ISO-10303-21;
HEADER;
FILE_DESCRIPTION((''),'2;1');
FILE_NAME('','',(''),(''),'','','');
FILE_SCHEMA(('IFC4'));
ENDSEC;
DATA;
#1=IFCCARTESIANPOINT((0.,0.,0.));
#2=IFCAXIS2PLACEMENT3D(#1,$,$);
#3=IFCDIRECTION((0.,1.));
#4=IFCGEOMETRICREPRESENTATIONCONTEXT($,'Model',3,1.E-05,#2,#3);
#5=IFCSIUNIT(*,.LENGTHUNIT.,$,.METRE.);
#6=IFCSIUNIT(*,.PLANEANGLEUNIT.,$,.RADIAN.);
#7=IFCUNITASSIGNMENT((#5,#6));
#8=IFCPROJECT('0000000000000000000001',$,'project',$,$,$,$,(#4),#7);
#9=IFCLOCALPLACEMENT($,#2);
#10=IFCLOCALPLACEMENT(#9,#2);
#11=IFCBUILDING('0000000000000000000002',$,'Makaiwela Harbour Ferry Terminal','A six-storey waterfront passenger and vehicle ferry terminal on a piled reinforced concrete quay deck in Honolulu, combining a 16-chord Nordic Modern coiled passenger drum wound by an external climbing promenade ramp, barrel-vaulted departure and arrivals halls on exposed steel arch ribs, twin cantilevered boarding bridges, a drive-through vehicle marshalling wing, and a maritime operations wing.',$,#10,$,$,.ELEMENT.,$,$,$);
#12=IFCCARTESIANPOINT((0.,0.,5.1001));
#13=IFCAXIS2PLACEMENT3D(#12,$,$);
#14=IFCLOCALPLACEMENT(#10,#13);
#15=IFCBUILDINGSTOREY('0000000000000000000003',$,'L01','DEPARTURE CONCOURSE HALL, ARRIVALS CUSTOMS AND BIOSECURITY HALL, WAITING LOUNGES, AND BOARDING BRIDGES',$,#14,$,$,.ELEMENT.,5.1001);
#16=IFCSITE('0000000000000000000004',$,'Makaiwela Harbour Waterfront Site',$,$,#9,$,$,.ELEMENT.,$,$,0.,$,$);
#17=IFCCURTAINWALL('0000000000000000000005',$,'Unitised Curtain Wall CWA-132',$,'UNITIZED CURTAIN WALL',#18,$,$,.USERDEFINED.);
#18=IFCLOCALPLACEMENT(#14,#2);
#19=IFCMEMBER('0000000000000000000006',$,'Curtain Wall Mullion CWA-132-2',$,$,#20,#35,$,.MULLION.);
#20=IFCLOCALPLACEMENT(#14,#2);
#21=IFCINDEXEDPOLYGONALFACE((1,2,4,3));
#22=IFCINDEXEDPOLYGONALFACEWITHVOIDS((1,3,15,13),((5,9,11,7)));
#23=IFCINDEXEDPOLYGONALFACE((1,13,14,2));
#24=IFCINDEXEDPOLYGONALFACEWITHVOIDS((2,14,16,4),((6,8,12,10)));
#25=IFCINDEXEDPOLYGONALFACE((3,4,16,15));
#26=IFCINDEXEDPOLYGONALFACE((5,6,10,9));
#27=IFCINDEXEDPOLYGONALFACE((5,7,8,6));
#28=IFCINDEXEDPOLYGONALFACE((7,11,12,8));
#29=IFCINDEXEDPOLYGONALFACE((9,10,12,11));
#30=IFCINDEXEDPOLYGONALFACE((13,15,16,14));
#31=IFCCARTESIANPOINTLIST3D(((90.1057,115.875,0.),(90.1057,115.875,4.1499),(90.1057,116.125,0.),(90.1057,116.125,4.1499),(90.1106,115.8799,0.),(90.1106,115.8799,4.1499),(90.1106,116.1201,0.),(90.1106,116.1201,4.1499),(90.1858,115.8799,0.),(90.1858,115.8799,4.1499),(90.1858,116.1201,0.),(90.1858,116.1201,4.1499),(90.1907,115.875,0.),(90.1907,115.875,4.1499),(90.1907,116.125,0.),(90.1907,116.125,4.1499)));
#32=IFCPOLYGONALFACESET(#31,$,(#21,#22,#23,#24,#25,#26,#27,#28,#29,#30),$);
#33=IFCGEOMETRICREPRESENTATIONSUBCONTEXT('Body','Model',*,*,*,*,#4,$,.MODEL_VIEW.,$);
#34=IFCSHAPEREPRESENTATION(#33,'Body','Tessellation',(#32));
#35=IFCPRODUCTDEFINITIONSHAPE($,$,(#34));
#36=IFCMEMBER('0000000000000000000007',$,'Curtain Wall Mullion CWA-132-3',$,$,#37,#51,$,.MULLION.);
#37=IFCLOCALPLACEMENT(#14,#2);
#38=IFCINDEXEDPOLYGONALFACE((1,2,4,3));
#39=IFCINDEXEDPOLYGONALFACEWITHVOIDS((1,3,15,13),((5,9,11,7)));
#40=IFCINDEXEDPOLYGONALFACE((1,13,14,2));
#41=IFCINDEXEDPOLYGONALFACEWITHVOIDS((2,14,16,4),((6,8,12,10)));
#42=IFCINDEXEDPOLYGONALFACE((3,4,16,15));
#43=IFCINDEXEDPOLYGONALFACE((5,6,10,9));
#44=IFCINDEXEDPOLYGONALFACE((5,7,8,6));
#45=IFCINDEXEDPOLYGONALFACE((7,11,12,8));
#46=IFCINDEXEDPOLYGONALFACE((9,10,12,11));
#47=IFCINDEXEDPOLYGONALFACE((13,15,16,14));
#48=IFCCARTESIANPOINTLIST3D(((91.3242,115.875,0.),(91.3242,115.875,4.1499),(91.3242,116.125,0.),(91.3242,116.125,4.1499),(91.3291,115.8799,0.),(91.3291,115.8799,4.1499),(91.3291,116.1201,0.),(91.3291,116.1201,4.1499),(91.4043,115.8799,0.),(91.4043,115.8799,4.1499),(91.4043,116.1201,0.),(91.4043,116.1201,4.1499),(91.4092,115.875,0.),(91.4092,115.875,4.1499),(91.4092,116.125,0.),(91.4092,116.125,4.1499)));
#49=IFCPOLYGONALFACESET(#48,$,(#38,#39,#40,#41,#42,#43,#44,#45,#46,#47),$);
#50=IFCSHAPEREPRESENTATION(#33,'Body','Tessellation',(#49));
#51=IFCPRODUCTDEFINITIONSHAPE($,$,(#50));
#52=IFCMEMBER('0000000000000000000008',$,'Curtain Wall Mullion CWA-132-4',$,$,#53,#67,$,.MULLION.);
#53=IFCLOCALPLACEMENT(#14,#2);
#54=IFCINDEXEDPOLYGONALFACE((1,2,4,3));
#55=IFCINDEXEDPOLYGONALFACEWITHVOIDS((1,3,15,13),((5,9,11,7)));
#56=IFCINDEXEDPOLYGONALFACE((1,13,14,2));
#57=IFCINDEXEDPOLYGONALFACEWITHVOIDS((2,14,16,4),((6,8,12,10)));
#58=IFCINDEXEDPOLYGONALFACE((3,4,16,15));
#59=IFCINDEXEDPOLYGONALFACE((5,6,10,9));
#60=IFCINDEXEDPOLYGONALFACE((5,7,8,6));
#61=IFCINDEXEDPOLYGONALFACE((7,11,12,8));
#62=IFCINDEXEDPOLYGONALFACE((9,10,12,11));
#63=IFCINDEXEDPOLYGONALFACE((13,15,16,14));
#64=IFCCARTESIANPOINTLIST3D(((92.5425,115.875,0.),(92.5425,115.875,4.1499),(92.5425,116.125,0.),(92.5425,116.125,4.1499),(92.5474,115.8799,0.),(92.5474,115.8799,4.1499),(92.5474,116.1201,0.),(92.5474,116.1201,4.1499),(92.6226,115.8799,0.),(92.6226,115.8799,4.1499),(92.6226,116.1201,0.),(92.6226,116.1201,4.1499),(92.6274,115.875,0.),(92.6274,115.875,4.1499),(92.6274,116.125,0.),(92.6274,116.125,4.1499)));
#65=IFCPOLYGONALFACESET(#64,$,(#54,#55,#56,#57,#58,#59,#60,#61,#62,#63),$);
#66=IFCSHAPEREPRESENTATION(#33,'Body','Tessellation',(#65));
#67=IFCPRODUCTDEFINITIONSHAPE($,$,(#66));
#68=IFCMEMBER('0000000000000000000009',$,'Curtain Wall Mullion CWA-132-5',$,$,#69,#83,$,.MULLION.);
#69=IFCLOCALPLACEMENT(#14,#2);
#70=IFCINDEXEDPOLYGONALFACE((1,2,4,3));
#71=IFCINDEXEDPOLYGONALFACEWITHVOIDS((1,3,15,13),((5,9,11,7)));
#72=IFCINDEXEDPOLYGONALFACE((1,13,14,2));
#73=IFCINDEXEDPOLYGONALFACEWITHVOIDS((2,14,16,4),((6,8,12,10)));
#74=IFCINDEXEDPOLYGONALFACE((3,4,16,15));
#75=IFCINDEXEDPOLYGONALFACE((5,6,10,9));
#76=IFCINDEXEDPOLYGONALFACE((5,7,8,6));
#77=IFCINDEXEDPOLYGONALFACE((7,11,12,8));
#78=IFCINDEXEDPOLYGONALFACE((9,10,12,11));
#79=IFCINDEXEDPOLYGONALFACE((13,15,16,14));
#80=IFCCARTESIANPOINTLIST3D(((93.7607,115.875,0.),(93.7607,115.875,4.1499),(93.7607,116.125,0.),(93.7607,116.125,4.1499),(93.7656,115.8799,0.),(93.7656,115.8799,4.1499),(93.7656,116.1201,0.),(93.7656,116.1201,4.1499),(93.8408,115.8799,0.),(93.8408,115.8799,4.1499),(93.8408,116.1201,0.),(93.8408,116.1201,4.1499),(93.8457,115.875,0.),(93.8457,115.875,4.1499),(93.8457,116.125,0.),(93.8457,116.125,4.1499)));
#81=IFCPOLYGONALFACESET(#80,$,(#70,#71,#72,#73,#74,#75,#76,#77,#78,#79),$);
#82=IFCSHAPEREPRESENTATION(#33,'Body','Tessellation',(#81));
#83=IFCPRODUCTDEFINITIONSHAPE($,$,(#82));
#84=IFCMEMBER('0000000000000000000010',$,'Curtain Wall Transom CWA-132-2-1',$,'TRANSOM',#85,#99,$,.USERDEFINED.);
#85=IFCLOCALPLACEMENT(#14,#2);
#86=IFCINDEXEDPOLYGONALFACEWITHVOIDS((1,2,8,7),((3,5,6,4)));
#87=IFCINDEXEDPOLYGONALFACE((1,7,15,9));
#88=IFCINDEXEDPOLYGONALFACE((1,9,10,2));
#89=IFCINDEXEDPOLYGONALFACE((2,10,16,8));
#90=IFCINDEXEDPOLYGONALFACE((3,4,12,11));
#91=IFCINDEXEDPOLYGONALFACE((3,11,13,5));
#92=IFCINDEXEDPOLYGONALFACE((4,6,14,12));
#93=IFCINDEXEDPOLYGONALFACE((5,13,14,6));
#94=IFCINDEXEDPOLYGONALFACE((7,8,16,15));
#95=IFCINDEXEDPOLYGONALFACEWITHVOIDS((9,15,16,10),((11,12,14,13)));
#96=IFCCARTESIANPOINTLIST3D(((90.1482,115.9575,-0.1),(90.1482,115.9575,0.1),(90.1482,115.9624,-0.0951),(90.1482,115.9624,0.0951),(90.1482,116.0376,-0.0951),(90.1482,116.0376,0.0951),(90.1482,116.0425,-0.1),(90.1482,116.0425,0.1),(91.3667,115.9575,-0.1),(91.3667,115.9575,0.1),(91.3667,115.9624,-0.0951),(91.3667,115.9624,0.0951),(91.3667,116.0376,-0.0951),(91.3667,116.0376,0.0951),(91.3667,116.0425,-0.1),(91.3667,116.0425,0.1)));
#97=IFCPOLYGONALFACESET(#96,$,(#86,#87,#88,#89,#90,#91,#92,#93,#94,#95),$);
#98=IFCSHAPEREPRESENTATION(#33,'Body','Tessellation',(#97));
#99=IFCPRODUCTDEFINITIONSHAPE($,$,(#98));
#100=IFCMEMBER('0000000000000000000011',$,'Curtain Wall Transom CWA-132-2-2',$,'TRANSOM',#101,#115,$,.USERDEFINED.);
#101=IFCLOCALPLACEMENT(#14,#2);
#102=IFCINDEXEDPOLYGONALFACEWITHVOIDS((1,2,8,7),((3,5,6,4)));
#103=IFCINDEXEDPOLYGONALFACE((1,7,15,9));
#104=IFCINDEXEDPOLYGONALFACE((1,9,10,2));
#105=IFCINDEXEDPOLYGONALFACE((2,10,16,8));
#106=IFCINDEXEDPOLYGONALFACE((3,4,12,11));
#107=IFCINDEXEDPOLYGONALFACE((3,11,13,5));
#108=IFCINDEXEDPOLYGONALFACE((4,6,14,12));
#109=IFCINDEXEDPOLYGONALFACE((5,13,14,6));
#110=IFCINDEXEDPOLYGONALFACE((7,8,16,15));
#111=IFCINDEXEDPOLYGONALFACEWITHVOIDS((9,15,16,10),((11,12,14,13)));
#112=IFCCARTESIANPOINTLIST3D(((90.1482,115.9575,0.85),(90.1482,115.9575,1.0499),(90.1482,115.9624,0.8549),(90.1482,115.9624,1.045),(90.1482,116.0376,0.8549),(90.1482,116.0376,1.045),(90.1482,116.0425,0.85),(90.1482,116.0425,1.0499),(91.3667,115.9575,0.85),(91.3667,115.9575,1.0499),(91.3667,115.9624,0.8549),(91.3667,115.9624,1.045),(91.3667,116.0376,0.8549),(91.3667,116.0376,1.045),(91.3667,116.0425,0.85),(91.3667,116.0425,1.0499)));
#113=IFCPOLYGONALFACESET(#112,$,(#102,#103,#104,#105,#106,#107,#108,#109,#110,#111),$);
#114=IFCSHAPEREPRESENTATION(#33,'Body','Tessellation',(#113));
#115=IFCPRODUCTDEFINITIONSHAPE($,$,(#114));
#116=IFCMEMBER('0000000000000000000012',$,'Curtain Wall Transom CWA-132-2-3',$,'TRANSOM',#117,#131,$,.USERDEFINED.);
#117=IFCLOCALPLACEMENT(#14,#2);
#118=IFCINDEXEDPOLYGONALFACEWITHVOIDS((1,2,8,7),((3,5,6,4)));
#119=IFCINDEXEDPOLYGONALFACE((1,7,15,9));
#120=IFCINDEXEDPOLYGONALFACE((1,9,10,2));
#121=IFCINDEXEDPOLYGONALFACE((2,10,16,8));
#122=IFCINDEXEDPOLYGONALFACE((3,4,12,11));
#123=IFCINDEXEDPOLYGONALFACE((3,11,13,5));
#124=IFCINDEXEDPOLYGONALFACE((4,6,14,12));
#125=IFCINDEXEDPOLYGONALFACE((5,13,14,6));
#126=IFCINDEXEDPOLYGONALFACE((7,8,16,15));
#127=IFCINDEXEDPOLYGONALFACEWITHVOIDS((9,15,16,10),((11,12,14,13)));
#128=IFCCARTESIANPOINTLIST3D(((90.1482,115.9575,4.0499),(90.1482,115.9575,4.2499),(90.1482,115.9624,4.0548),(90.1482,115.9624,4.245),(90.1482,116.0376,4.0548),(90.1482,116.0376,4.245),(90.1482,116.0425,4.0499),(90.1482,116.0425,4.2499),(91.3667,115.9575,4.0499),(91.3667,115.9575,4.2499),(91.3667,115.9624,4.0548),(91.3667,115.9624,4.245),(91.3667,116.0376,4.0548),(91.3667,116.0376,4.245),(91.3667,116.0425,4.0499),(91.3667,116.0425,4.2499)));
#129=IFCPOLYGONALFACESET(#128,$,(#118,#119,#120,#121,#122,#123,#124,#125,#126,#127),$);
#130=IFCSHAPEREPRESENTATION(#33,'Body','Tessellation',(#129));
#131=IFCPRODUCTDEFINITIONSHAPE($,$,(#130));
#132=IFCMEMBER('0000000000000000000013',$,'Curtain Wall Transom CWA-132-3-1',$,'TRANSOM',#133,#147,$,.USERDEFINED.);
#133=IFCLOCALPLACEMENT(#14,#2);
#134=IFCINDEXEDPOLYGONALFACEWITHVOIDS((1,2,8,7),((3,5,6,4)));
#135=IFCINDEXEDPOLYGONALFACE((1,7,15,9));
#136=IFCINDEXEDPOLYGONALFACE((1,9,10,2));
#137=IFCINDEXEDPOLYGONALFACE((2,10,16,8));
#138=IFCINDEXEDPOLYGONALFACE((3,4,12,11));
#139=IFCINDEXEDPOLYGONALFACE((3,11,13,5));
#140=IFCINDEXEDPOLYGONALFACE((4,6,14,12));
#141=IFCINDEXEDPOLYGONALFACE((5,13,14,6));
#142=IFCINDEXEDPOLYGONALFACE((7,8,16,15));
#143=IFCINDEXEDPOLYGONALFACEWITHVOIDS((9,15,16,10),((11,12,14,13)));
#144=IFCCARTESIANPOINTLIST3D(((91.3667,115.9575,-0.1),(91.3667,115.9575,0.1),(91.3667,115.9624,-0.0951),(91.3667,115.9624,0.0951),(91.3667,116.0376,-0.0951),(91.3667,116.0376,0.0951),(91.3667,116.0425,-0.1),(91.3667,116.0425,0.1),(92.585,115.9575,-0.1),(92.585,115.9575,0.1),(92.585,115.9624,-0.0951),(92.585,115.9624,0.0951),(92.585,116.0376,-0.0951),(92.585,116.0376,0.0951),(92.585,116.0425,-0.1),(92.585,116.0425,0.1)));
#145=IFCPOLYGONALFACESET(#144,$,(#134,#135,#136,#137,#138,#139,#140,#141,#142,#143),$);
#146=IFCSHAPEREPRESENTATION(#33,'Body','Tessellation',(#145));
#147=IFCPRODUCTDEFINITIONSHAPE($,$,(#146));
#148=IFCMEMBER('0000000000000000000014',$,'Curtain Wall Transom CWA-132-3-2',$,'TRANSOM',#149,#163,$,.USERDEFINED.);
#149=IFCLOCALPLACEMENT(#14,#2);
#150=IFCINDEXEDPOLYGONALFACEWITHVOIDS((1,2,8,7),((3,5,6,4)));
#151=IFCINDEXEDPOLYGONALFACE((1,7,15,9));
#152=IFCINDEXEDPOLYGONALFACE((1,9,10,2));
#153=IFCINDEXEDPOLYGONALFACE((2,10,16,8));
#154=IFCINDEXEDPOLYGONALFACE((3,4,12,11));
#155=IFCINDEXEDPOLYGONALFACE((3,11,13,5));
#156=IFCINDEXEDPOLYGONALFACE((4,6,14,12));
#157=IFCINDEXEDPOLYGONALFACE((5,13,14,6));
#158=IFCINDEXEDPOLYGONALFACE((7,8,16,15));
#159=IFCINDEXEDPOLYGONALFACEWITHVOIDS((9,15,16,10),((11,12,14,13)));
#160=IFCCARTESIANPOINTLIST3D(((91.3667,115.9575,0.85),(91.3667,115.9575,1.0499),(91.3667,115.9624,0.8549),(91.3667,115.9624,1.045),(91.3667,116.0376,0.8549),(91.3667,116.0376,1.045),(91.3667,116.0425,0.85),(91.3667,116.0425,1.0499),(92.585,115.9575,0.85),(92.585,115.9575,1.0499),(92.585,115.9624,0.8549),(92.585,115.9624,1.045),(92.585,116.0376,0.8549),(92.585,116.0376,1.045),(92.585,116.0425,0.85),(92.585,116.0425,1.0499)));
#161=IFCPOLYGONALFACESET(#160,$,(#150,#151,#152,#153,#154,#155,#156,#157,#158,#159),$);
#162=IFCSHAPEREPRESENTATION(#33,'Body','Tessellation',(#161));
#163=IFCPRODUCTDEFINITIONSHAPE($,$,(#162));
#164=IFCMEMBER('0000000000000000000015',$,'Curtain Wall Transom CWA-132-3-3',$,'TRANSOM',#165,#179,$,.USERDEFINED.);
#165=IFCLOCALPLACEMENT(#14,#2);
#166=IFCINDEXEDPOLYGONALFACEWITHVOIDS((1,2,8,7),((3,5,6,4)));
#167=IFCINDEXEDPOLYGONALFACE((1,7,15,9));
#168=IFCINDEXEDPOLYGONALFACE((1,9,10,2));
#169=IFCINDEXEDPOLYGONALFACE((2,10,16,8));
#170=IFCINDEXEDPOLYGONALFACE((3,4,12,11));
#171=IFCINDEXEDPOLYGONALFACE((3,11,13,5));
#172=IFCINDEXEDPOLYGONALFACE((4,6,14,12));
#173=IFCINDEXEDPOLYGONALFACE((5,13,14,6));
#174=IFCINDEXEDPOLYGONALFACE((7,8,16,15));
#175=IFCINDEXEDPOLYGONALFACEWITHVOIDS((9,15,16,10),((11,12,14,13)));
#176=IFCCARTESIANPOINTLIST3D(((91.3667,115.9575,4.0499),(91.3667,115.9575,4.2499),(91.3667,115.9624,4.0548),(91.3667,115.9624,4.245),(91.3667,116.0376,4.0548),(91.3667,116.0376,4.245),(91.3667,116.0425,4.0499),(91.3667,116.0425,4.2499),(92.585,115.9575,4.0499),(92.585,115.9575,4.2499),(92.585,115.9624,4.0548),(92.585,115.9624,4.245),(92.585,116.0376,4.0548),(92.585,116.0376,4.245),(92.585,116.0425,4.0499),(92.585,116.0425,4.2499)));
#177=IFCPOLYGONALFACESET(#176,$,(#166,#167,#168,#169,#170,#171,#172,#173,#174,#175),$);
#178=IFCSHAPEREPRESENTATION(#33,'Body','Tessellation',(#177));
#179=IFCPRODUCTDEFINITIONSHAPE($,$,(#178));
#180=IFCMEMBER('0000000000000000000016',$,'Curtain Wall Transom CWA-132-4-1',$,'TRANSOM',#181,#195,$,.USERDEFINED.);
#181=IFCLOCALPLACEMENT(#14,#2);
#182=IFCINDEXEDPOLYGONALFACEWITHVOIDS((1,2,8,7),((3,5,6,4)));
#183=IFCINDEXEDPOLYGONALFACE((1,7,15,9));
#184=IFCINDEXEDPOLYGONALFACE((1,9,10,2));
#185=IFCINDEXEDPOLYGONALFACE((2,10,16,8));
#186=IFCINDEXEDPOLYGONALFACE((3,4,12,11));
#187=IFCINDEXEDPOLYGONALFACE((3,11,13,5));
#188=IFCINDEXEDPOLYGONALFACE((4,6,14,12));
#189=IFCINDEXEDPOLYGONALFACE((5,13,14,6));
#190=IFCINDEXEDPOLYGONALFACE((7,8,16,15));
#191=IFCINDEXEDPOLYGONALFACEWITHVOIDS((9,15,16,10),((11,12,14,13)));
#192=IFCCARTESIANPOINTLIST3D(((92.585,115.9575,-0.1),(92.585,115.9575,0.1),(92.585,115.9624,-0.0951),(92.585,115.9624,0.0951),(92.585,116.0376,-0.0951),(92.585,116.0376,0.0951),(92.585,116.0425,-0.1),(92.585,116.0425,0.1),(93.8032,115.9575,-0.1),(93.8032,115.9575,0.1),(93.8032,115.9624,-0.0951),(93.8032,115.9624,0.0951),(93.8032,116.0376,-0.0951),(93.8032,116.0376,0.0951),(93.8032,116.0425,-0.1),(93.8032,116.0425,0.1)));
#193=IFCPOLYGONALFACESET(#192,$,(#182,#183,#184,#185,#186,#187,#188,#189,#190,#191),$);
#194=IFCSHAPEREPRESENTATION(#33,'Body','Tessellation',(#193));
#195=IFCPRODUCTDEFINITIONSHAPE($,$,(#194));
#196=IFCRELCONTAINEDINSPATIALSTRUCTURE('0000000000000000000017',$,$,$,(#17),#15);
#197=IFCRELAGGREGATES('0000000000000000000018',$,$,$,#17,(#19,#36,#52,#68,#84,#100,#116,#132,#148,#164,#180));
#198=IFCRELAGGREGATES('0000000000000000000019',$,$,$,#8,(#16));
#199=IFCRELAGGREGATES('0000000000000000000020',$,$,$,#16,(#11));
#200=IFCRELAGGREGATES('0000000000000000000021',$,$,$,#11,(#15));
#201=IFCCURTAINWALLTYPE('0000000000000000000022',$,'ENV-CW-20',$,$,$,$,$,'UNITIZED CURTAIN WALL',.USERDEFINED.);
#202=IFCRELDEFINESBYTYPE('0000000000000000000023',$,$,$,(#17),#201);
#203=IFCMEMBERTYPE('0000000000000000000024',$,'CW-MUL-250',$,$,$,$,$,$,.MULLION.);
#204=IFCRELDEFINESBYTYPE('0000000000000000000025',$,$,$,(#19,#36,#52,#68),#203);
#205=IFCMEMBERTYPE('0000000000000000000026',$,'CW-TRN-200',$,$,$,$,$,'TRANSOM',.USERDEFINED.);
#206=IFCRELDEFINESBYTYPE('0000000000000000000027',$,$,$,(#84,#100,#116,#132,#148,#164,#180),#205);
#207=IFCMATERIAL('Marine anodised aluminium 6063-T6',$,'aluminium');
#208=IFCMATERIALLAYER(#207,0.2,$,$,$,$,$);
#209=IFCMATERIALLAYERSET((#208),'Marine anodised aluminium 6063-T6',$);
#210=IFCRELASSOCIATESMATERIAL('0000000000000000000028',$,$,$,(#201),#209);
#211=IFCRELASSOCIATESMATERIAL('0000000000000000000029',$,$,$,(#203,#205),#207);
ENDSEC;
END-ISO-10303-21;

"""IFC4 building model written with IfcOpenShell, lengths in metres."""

from ifc_helpers import new_model, si_unit, direction, frame, origin, origin_2d, place, context, subcontext, project, spatial, hollow_rectangle, extrude, material, layer, layer_set, material_profile, profile_set, type_object, element, aggregate, save


model = new_model("IFC4")

# Units and contexts
model_context = context("Model", 3, precision=1e-05, world=origin(), true_north=direction((0.0, 1.0)))
body_context = subcontext(model_context, "Body", "Model", "MODEL_VIEW")
ifc_project = project(units=[si_unit("LENGTHUNIT", "METRE"), si_unit("PLANEANGLEUNIT", "RADIAN")], contexts=[model_context])

# Site, building, storey
site_placement = place(None, origin())
site = spatial("IfcSite", under=ifc_project, at=site_placement, Name="Makaiwela Harbour Waterfront Site", CompositionType="ELEMENT", RefElevation=0.0)
building_placement = place(site_placement, origin())
building = spatial("IfcBuilding", under=site, at=building_placement, Name="Makaiwela Harbour Ferry Terminal", Description="A six-storey waterfront passenger and vehicle ferry terminal on a piled reinforced concrete quay deck in Honolulu, combining a 16-chord Nordic Modern coiled passenger drum wound by an external climbing promenade ramp, barrel-vaulted departure and arrivals halls on exposed steel arch ribs, twin cantilevered boarding bridges, a drive-through vehicle marshalling wing, and a maritime operations wing.", CompositionType="ELEMENT")
storey_placement = place(building_placement, frame((0.0, 0.0, 5.1001)))
storey = spatial("IfcBuildingStorey", under=building, at=storey_placement, Name="L01", Description="DEPARTURE CONCOURSE HALL, ARRIVALS CUSTOMS AND BIOSECURITY HALL, WAITING LOUNGES, AND BOARDING BRIDGES", CompositionType="ELEMENT", Elevation=5.1001)

# Curtain wall, members
ifc_material_1 = material(Name="Marine anodised aluminium 6063-T6", Category="aluminium")
ifc_layer_1 = layer(ifc_material_1, 0.2)
ifc_layer_set_1 = layer_set([ifc_layer_1], Name="Marine anodised aluminium 6063-T6")
curtain_wall_type = type_object("IfcCurtainWallType", Name="ENV-CW-20", ElementType="UNITIZED CURTAIN WALL", PredefinedType="USERDEFINED", material=ifc_layer_set_1)
curtain_wall_placement = place(storey_placement, origin())
curtain_wall = element("IfcCurtainWall", 1, at=curtain_wall_placement, inside=storey, type_object=curtain_wall_type, Name="Unitised Curtain Wall CWA-132", ObjectType="UNITIZED CURTAIN WALL", PredefinedType="USERDEFINED")
ifc_material_profile_1 = material_profile(ifc_material_1, hollow_rectangle(XDim=0.085, YDim=0.25, WallThickness=0.0049, at=origin_2d()), Name="CWM-250X85")
ifc_profile_set_1 = profile_set([ifc_material_profile_1], Name="Marine anodised aluminium 6063-T6")
member_type_1 = type_object("IfcMemberType", Name="CW-MUL-250", PredefinedType="MULLION", material=ifc_profile_set_1)
member_1_placement = place(storey_placement, frame((90.1482, 116.0, 0.0), z_axis=(0.0, 0.0, 1.0), x_axis=(1.0, 0.0, 0.0)))
member_1 = element("IfcMember", 2, at=member_1_placement, type_object=member_type_1, Name="Curtain Wall Mullion CWA-132-2", PredefinedType="MULLION", context=body_context, shape_type="SweptSolid", body=[
    extrude(hollow_rectangle(XDim=0.085, YDim=0.25, WallThickness=0.0049, at=origin_2d()), origin(), (0.0, 0.0, 1.0), 4.1499),
])
member_2_placement = place(storey_placement, frame((91.3667, 116.0, 0.0), z_axis=(0.0, 0.0, 1.0), x_axis=(1.0, 0.0, 0.0)))
member_2 = element("IfcMember", 3, at=member_2_placement, type_object=member_type_1, Name="Curtain Wall Mullion CWA-132-3", PredefinedType="MULLION", context=body_context, shape_type="SweptSolid", body=[
    extrude(hollow_rectangle(XDim=0.085, YDim=0.25, WallThickness=0.0049, at=origin_2d()), origin(), (0.0, 0.0, 1.0), 4.1499),
])
member_3_placement = place(storey_placement, frame((92.585, 116.0, 0.0), z_axis=(0.0, 0.0, 1.0), x_axis=(1.0, 0.0, 0.0)))
member_3 = element("IfcMember", 4, at=member_3_placement, type_object=member_type_1, Name="Curtain Wall Mullion CWA-132-4", PredefinedType="MULLION", context=body_context, shape_type="SweptSolid", body=[
    extrude(hollow_rectangle(XDim=0.085, YDim=0.25, WallThickness=0.0049, at=origin_2d()), origin(), (0.0, 0.0, 1.0), 4.1499),
])
member_4_placement = place(storey_placement, frame((93.8032, 116.0, 0.0), z_axis=(0.0, 0.0, 1.0), x_axis=(1.0, 0.0, 0.0)))
member_4 = element("IfcMember", 5, at=member_4_placement, type_object=member_type_1, Name="Curtain Wall Mullion CWA-132-5", PredefinedType="MULLION", context=body_context, shape_type="SweptSolid", body=[
    extrude(hollow_rectangle(XDim=0.085, YDim=0.25, WallThickness=0.0049, at=origin_2d()), origin(), (0.0, 0.0, 1.0), 4.1499),
])
ifc_material_profile_2 = material_profile(ifc_material_1, hollow_rectangle(XDim=0.085, YDim=0.2, WallThickness=0.0049, at=origin_2d()), Name="CWT-200X85")
ifc_profile_set_2 = profile_set([ifc_material_profile_2], Name="Marine anodised aluminium 6063-T6")
member_type_2 = type_object("IfcMemberType", Name="CW-TRN-200", ElementType="TRANSOM", PredefinedType="USERDEFINED", material=ifc_profile_set_2)
member_5_placement = place(storey_placement, frame((90.1482, 116.0, 0.0), z_axis=(1.0, 0.0, 0.0), x_axis=(0.0, 1.0, 0.0)))
member_5 = element("IfcMember", 6, at=member_5_placement, type_object=member_type_2, Name="Curtain Wall Transom CWA-132-2-1", ObjectType="TRANSOM", PredefinedType="USERDEFINED", context=body_context, shape_type="SweptSolid", body=[
    extrude(hollow_rectangle(XDim=0.085, YDim=0.2, WallThickness=0.0049, at=origin_2d()), origin(), (0.0, 0.0, 1.0), 1.2185),
])
member_6_placement = place(storey_placement, frame((90.1482, 116.0, 0.95), z_axis=(1.0, 0.0, 0.0), x_axis=(0.0, 1.0, 0.0)))
member_6 = element("IfcMember", 7, at=member_6_placement, type_object=member_type_2, Name="Curtain Wall Transom CWA-132-2-2", ObjectType="TRANSOM", PredefinedType="USERDEFINED", context=body_context, shape_type="SweptSolid", body=[
    extrude(hollow_rectangle(XDim=0.085, YDim=0.2, WallThickness=0.0049, at=origin_2d()), origin(), (0.0, 0.0, 1.0), 1.2185),
])
member_7_placement = place(storey_placement, frame((90.1482, 116.0, 4.1499), z_axis=(1.0, 0.0, 0.0), x_axis=(0.0, 1.0, 0.0)))
member_7 = element("IfcMember", 8, at=member_7_placement, type_object=member_type_2, Name="Curtain Wall Transom CWA-132-2-3", ObjectType="TRANSOM", PredefinedType="USERDEFINED", context=body_context, shape_type="SweptSolid", body=[
    extrude(hollow_rectangle(XDim=0.085, YDim=0.2, WallThickness=0.0049, at=origin_2d()), origin(), (0.0, 0.0, 1.0), 1.2185),
])
member_8_placement = place(storey_placement, frame((91.3667, 116.0, 0.0), z_axis=(1.0, 0.0, 0.0), x_axis=(0.0, 1.0, 0.0)))
member_8 = element("IfcMember", 9, at=member_8_placement, type_object=member_type_2, Name="Curtain Wall Transom CWA-132-3-1", ObjectType="TRANSOM", PredefinedType="USERDEFINED", context=body_context, shape_type="SweptSolid", body=[
    extrude(hollow_rectangle(XDim=0.085, YDim=0.2, WallThickness=0.0049, at=origin_2d()), origin(), (0.0, 0.0, 1.0), 1.2183),
])
member_9_placement = place(storey_placement, frame((91.3667, 116.0, 0.95), z_axis=(1.0, 0.0, 0.0), x_axis=(0.0, 1.0, 0.0)))
member_9 = element("IfcMember", 10, at=member_9_placement, type_object=member_type_2, Name="Curtain Wall Transom CWA-132-3-2", ObjectType="TRANSOM", PredefinedType="USERDEFINED", context=body_context, shape_type="SweptSolid", body=[
    extrude(hollow_rectangle(XDim=0.085, YDim=0.2, WallThickness=0.0049, at=origin_2d()), origin(), (0.0, 0.0, 1.0), 1.2183),
])
member_10_placement = place(storey_placement, frame((91.3667, 116.0, 4.1499), z_axis=(1.0, 0.0, 0.0), x_axis=(0.0, 1.0, 0.0)))
member_10 = element("IfcMember", 11, at=member_10_placement, type_object=member_type_2, Name="Curtain Wall Transom CWA-132-3-3", ObjectType="TRANSOM", PredefinedType="USERDEFINED", context=body_context, shape_type="SweptSolid", body=[
    extrude(hollow_rectangle(XDim=0.085, YDim=0.2, WallThickness=0.0049, at=origin_2d()), origin(), (0.0, 0.0, 1.0), 1.2183),
])
member_11_placement = place(storey_placement, frame((92.585, 116.0, 0.0), z_axis=(1.0, 0.0, 0.0), x_axis=(0.0, 1.0, 0.0)))
member_11 = element("IfcMember", 12, at=member_11_placement, type_object=member_type_2, Name="Curtain Wall Transom CWA-132-4-1", ObjectType="TRANSOM", PredefinedType="USERDEFINED", context=body_context, shape_type="SweptSolid", body=[
    extrude(hollow_rectangle(XDim=0.085, YDim=0.2, WallThickness=0.0049, at=origin_2d()), origin(), (0.0, 0.0, 1.0), 1.2183),
])

aggregate(curtain_wall, [member_1, member_2, member_3, member_4, member_5, member_6, member_7, member_8, member_9, member_10, member_11])

save(model, "model.ifc")
